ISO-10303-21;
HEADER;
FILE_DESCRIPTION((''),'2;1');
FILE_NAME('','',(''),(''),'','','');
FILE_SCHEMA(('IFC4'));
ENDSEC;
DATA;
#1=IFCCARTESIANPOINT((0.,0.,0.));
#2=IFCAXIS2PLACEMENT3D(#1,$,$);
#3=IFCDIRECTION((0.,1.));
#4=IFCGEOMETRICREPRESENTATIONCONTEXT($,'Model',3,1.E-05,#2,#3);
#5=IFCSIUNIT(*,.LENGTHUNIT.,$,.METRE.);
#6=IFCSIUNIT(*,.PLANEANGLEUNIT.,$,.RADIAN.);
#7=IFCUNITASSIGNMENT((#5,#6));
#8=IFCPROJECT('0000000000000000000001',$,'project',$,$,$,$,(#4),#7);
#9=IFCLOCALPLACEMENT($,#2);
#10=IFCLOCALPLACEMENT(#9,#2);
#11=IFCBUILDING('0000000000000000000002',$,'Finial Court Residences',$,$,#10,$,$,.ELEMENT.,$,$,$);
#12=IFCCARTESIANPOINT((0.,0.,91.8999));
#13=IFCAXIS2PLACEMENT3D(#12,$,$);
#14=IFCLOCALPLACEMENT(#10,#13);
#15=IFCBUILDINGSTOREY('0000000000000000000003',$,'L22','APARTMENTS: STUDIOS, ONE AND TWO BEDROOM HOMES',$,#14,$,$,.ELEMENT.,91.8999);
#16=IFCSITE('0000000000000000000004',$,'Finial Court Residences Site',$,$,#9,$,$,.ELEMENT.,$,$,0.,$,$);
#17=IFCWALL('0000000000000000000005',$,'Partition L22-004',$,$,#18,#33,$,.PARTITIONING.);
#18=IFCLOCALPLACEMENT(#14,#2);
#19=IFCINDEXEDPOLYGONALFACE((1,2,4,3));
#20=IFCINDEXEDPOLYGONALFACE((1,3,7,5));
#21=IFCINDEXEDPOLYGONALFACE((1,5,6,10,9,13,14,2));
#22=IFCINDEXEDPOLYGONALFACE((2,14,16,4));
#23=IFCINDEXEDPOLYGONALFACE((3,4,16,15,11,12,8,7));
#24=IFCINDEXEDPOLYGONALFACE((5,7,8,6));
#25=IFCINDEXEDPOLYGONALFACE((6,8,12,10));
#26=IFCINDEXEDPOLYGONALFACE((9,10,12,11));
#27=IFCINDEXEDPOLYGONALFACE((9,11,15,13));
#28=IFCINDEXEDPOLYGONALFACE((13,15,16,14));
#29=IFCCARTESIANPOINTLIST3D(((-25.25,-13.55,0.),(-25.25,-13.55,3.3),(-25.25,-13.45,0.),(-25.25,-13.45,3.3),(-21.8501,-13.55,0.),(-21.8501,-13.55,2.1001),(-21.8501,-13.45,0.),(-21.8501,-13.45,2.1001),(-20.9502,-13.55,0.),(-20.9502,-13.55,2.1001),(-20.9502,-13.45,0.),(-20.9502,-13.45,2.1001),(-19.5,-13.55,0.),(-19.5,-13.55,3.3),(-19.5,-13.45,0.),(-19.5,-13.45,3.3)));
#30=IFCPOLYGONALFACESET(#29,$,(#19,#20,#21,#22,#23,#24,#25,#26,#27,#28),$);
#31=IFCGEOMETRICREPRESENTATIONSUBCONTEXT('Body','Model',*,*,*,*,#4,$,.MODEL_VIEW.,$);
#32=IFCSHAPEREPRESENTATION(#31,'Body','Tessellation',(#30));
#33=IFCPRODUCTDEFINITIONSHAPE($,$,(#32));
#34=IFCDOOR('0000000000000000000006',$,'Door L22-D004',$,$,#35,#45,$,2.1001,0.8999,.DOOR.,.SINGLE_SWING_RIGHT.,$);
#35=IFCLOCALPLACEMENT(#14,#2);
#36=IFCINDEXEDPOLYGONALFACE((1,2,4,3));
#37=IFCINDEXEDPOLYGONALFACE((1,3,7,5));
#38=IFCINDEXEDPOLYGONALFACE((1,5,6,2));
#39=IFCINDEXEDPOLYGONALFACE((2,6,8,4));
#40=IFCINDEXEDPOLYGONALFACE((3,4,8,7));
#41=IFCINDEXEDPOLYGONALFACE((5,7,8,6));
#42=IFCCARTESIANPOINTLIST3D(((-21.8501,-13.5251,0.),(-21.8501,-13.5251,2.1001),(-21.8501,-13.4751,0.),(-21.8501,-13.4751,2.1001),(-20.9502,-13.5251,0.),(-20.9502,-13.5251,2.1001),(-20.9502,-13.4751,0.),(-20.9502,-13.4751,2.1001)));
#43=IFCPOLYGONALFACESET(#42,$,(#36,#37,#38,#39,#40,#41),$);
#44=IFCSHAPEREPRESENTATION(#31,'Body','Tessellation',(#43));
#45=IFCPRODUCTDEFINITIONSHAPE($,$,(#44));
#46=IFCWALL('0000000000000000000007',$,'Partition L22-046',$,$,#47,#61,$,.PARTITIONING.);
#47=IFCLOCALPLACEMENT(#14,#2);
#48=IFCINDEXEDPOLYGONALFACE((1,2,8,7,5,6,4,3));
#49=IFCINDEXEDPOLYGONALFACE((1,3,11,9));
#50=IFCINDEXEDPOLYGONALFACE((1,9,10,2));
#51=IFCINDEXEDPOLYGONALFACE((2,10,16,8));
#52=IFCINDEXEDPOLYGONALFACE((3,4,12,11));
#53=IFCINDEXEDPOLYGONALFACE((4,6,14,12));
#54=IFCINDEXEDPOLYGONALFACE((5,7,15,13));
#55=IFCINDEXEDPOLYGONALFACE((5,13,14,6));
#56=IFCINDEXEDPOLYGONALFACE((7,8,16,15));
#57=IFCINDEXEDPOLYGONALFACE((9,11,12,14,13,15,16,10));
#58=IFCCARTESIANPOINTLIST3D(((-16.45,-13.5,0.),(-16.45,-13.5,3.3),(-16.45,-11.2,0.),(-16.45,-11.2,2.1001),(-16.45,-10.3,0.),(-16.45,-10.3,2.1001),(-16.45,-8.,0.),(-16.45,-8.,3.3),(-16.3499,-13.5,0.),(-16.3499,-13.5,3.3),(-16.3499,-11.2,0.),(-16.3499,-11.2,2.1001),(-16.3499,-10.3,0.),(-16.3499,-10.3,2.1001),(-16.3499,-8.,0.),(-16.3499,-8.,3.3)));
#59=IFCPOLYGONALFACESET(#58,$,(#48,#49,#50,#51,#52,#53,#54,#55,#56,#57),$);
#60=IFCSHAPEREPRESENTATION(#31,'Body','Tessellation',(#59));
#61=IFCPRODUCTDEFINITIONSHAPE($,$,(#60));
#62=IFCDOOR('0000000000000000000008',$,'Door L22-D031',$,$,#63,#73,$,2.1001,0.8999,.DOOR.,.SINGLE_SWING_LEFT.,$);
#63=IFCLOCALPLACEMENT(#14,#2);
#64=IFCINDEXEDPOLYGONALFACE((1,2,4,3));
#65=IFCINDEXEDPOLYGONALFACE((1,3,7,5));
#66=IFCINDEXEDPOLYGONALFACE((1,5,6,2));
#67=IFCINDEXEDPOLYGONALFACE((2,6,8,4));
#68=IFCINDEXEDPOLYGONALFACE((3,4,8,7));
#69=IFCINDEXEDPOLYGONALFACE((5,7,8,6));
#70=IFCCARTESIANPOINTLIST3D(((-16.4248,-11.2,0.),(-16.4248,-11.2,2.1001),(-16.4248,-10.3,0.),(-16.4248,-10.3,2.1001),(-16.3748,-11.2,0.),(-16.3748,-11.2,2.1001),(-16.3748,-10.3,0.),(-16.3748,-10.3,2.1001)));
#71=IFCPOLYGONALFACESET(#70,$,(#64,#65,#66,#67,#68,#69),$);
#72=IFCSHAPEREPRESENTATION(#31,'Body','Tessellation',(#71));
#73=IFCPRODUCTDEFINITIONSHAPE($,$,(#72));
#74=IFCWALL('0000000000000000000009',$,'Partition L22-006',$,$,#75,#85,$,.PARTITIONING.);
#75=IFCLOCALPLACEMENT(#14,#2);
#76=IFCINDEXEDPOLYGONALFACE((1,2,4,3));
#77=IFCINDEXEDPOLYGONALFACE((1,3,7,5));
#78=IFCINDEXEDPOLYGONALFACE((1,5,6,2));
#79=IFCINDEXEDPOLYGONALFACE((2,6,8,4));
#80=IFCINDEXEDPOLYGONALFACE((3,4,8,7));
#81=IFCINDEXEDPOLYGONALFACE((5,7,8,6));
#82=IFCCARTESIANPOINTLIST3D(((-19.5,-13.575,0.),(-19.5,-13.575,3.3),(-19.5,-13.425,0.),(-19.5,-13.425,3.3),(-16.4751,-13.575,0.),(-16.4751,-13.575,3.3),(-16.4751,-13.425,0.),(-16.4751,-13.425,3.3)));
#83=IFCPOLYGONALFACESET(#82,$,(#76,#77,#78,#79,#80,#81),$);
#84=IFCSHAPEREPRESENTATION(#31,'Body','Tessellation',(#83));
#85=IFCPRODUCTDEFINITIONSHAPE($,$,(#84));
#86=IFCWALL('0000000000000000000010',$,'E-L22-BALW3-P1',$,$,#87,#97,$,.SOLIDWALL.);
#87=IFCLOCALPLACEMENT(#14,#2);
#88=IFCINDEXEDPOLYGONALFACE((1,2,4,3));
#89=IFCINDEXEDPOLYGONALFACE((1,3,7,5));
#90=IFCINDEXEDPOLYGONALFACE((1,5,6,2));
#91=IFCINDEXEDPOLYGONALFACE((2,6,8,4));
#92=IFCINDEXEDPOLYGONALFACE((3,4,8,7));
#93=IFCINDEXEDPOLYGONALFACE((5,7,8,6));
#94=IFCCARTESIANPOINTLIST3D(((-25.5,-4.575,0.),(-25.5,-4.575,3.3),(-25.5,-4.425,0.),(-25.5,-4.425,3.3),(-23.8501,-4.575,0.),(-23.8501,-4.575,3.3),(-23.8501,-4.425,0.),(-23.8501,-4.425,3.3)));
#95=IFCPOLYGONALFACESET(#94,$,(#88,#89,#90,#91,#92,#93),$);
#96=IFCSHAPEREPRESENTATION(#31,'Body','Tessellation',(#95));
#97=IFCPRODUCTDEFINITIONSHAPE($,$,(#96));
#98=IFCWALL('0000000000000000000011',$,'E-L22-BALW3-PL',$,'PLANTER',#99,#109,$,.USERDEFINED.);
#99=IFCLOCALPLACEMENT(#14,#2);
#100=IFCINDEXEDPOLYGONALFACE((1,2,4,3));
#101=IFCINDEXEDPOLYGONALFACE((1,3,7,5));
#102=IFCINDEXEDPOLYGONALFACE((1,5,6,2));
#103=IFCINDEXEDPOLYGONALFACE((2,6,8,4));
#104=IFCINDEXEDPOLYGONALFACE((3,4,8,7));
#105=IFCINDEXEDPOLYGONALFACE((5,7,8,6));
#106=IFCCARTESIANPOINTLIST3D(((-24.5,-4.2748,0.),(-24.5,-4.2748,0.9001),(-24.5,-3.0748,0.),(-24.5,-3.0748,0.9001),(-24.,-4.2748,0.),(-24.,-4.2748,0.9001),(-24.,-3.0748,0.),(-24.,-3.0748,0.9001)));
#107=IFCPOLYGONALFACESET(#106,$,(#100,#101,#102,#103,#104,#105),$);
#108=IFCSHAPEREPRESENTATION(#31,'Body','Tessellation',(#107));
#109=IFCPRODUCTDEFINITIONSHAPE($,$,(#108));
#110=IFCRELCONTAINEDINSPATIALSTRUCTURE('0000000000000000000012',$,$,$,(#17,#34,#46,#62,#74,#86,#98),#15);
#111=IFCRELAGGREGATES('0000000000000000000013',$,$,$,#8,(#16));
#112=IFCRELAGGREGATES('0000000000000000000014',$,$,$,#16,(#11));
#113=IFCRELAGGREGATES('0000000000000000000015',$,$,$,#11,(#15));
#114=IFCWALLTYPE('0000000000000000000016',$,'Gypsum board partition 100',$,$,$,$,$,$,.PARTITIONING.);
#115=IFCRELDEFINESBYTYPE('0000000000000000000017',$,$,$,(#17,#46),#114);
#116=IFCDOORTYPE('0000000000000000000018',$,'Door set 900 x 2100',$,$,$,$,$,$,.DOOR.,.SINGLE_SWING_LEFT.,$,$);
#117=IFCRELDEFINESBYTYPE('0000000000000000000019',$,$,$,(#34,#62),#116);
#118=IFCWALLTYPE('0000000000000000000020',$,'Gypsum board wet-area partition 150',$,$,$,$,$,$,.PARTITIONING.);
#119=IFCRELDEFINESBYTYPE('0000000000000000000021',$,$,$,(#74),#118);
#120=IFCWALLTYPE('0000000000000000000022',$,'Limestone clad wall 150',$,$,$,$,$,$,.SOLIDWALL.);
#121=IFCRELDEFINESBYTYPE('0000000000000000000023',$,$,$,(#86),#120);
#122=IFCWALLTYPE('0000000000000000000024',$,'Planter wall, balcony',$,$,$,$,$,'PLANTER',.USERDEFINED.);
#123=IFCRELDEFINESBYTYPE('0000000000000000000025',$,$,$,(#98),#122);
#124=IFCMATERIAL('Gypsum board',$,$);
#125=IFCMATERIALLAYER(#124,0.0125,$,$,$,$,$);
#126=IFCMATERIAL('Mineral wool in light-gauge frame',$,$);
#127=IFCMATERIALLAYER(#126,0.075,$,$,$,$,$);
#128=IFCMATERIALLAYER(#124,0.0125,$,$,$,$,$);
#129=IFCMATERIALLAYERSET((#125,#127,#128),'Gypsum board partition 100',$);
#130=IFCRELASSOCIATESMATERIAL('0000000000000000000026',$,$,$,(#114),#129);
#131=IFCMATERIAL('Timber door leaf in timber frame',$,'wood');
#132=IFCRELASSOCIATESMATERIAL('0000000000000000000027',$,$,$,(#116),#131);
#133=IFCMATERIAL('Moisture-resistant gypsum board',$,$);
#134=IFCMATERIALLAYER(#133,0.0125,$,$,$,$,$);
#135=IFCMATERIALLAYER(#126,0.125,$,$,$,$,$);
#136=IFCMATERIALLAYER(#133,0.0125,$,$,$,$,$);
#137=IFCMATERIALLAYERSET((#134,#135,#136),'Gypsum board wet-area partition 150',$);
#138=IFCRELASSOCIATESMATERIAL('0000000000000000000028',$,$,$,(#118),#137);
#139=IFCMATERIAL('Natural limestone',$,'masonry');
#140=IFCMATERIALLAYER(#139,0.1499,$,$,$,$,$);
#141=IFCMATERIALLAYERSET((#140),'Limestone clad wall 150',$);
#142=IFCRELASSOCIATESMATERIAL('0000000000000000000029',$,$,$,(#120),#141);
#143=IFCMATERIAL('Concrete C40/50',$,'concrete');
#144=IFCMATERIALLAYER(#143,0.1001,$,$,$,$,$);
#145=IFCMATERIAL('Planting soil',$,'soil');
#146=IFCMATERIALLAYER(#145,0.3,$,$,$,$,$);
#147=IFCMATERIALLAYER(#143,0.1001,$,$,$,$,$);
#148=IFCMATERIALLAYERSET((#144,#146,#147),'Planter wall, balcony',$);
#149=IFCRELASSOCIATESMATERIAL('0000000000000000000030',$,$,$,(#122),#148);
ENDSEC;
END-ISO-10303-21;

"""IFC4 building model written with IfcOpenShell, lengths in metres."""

from ifc_helpers import new_model, si_unit, direction, frame, frame_2d, origin, place, context, subcontext, project, spatial, rectangle, extrude, material, layer, layer_set, type_object, element, fill, save


model = new_model("IFC4")

# Units and contexts
model_context = context("Model", 3, precision=1e-05, world=origin(), true_north=direction((0.0, 1.0)))
body_context = subcontext(model_context, "Body", "Model", "MODEL_VIEW")
ifc_project = project(units=[si_unit("LENGTHUNIT", "METRE"), si_unit("PLANEANGLEUNIT", "RADIAN")], contexts=[model_context])

# Site, building, storey
site_placement = place(None, origin())
site = spatial("IfcSite", under=ifc_project, at=site_placement, Name="Finial Court Residences Site", CompositionType="ELEMENT", RefElevation=0.0)
building_placement = place(site_placement, origin())
building = spatial("IfcBuilding", under=site, at=building_placement, Name="Finial Court Residences", CompositionType="ELEMENT")
storey_placement = place(building_placement, frame((0.0, 0.0, 91.8999)))
storey = spatial("IfcBuildingStorey", under=building, at=storey_placement, Name="L22", Description="APARTMENTS: STUDIOS, ONE AND TWO BEDROOM HOMES", CompositionType="ELEMENT", Elevation=91.8999)

# Shared definitions
ifc_material_1 = material(Name="Gypsum board")

# Walls, openings, doors
ifc_layer_1 = layer(ifc_material_1, 0.0125)
ifc_material_2 = material(Name="Mineral wool in light-gauge frame")
ifc_layer_2 = layer(ifc_material_2, 0.075)
ifc_layer_3 = layer(ifc_material_1, 0.0125)
ifc_layer_set_1 = layer_set([ifc_layer_1, ifc_layer_2, ifc_layer_3], Name="Gypsum board partition 100")
wall_type_1 = type_object("IfcWallType", Name="Gypsum board partition 100", PredefinedType="PARTITIONING", material=ifc_layer_set_1)
wall_1_placement = place(storey_placement, frame((-25.25, -13.5, 0.0), z_axis=(0.0, 0.0, 1.0), x_axis=(1.0, 0.0, 0.0)))
wall_1 = element("IfcWall", 1, at=wall_1_placement, inside=storey, type_object=wall_type_1, Name="Partition L22-004", PredefinedType="PARTITIONING", context=body_context, shape_type="SweptSolid", body=[
    extrude(rectangle(XDim=5.75, YDim=0.1001, at=frame_2d((2.875, 0.0))), origin(), (0.0, 0.0, 1.0), 3.3),
])
opening_1_placement = place(wall_1_placement, frame((3.3999, 0.0, 0.0)))
opening_1 = element("IfcOpeningElement", 2, at=opening_1_placement, cuts=wall_1, PredefinedType="OPENING", context=body_context, shape_type="SweptSolid", body=[
    extrude(rectangle(XDim=0.8999, YDim=2.1001, at=frame_2d((0.45, 1.05))), frame((0.0, 0.0601, 0.0), z_axis=(0.0, -1.0, 0.0), x_axis=(1.0, 0.0, 0.0)), (0.0, 0.0, 1.0), 0.1201),
])
ifc_material_3 = material(Name="Timber door leaf in timber frame", Category="wood")
door_type_1 = type_object("IfcDoorType", Name="Door set 900 x 2100", OperationType="SINGLE_SWING_LEFT", PredefinedType="DOOR", material=ifc_material_3)
door_1_placement = place(opening_1_placement, origin())
door_1 = element("IfcDoor", 3, at=door_1_placement, inside=storey, type_object=door_type_1, Name="Door L22-D004", OperationType="SINGLE_SWING_RIGHT", OverallHeight=2.1001, OverallWidth=0.8999, PredefinedType="DOOR", context=body_context, shape_type="SweptSolid", body=[
    extrude(rectangle(XDim=0.8999, YDim=2.1001, at=frame_2d((0.45, 1.05))), frame((0.0, 0.0249, 0.0), z_axis=(0.0, -1.0, 0.0), x_axis=(1.0, 0.0, 0.0)), (0.0, 0.0, 1.0), 0.05),
])
fill(opening_1, door_1)
wall_2_placement = place(storey_placement, frame((-16.3999, -13.5, 0.0), z_axis=(0.0, 0.0, 1.0), x_axis=(0.0, 1.0, 0.0)))
wall_2 = element("IfcWall", 4, at=wall_2_placement, inside=storey, type_object=wall_type_1, Name="Partition L22-046", PredefinedType="PARTITIONING", context=body_context, shape_type="SweptSolid", body=[
    extrude(rectangle(XDim=5.5, YDim=0.1001, at=frame_2d((2.75, 0.0))), origin(), (0.0, 0.0, 1.0), 3.3),
])
opening_2_placement = place(wall_2_placement, frame((2.3, 0.0, 0.0)))
opening_2 = element("IfcOpeningElement", 5, at=opening_2_placement, cuts=wall_2, PredefinedType="OPENING", context=body_context, shape_type="SweptSolid", body=[
    extrude(rectangle(XDim=0.8999, YDim=2.1001, at=frame_2d((0.45, 1.05))), frame((0.0, 0.0601, 0.0), z_axis=(0.0, -1.0, 0.0), x_axis=(1.0, 0.0, 0.0)), (0.0, 0.0, 1.0), 0.1201),
])
door_2_placement = place(opening_2_placement, origin())
door_2 = element("IfcDoor", 6, at=door_2_placement, inside=storey, type_object=door_type_1, Name="Door L22-D031", OperationType="SINGLE_SWING_LEFT", OverallHeight=2.1001, OverallWidth=0.8999, PredefinedType="DOOR", context=body_context, shape_type="SweptSolid", body=[
    extrude(rectangle(XDim=0.8999, YDim=2.1001, at=frame_2d((0.45, 1.05))), frame((0.0, 0.0249, 0.0), z_axis=(0.0, -1.0, 0.0), x_axis=(1.0, 0.0, 0.0)), (0.0, 0.0, 1.0), 0.05),
])
fill(opening_2, door_2)

# Walls
ifc_material_4 = material(Name="Moisture-resistant gypsum board")
ifc_layer_4 = layer(ifc_material_4, 0.0125)
ifc_layer_5 = layer(ifc_material_2, 0.125)
ifc_layer_6 = layer(ifc_material_4, 0.0125)
ifc_layer_set_2 = layer_set([ifc_layer_4, ifc_layer_5, ifc_layer_6], Name="Gypsum board wet-area partition 150")
wall_type_2 = type_object("IfcWallType", Name="Gypsum board wet-area partition 150", PredefinedType="PARTITIONING", material=ifc_layer_set_2)
wall_3_placement = place(storey_placement, frame((-19.5, -13.5, 0.0), z_axis=(0.0, 0.0, 1.0), x_axis=(1.0, 0.0, 0.0)))
element("IfcWall", 7, at=wall_3_placement, inside=storey, type_object=wall_type_2, Name="Partition L22-006", PredefinedType="PARTITIONING", context=body_context, shape_type="SweptSolid", body=[
    extrude(rectangle(XDim=3.0249, YDim=0.1499, at=frame_2d((1.5125, 0.0))), origin(), (0.0, 0.0, 1.0), 3.3),
])
ifc_material_5 = material(Name="Natural limestone", Category="masonry")
ifc_layer_7 = layer(ifc_material_5, 0.1499)
ifc_layer_set_3 = layer_set([ifc_layer_7], Name="Limestone clad wall 150")
wall_type_3 = type_object("IfcWallType", Name="Limestone clad wall 150", PredefinedType="SOLIDWALL", material=ifc_layer_set_3)
wall_4_placement = place(storey_placement, frame((-23.8501, -4.5, 0.0), z_axis=(0.0, 0.0, 1.0), x_axis=(-1.0, 0.0, 0.0)))
element("IfcWall", 8, at=wall_4_placement, inside=storey, type_object=wall_type_3, Name="E-L22-BALW3-P1", PredefinedType="SOLIDWALL", context=body_context, shape_type="SweptSolid", body=[
    extrude(rectangle(XDim=1.6499, YDim=0.1499, at=frame_2d((0.825, 0.0))), origin(), (0.0, 0.0, 1.0), 3.3),
])

# Wall
ifc_material_6 = material(Name="Concrete C40/50", Category="concrete")
ifc_layer_8 = layer(ifc_material_6, 0.1001)
ifc_material_7 = material(Name="Planting soil", Category="soil")
ifc_layer_9 = layer(ifc_material_7, 0.3)
ifc_layer_10 = layer(ifc_material_6, 0.1001)
ifc_layer_set_4 = layer_set([ifc_layer_8, ifc_layer_9, ifc_layer_10], Name="Planter wall, balcony")
wall_type_4 = type_object("IfcWallType", Name="Planter wall, balcony", ElementType="PLANTER", PredefinedType="USERDEFINED", material=ifc_layer_set_4)
wall_5_placement = place(storey_placement, frame((-24.25, -4.2749, 0.0), z_axis=(0.0, 0.0, 1.0), x_axis=(0.0, 1.0, 0.0)))
element("IfcWall", 9, at=wall_5_placement, inside=storey, type_object=wall_type_4, Name="E-L22-BALW3-PL", ObjectType="PLANTER", PredefinedType="USERDEFINED", context=body_context, shape_type="SweptSolid", body=[
    extrude(rectangle(XDim=1.2, YDim=0.5, at=frame_2d((0.6001, 0.0))), origin(), (0.0, 0.0, 1.0), 0.9001),
])

save(model, "model.ifc")
